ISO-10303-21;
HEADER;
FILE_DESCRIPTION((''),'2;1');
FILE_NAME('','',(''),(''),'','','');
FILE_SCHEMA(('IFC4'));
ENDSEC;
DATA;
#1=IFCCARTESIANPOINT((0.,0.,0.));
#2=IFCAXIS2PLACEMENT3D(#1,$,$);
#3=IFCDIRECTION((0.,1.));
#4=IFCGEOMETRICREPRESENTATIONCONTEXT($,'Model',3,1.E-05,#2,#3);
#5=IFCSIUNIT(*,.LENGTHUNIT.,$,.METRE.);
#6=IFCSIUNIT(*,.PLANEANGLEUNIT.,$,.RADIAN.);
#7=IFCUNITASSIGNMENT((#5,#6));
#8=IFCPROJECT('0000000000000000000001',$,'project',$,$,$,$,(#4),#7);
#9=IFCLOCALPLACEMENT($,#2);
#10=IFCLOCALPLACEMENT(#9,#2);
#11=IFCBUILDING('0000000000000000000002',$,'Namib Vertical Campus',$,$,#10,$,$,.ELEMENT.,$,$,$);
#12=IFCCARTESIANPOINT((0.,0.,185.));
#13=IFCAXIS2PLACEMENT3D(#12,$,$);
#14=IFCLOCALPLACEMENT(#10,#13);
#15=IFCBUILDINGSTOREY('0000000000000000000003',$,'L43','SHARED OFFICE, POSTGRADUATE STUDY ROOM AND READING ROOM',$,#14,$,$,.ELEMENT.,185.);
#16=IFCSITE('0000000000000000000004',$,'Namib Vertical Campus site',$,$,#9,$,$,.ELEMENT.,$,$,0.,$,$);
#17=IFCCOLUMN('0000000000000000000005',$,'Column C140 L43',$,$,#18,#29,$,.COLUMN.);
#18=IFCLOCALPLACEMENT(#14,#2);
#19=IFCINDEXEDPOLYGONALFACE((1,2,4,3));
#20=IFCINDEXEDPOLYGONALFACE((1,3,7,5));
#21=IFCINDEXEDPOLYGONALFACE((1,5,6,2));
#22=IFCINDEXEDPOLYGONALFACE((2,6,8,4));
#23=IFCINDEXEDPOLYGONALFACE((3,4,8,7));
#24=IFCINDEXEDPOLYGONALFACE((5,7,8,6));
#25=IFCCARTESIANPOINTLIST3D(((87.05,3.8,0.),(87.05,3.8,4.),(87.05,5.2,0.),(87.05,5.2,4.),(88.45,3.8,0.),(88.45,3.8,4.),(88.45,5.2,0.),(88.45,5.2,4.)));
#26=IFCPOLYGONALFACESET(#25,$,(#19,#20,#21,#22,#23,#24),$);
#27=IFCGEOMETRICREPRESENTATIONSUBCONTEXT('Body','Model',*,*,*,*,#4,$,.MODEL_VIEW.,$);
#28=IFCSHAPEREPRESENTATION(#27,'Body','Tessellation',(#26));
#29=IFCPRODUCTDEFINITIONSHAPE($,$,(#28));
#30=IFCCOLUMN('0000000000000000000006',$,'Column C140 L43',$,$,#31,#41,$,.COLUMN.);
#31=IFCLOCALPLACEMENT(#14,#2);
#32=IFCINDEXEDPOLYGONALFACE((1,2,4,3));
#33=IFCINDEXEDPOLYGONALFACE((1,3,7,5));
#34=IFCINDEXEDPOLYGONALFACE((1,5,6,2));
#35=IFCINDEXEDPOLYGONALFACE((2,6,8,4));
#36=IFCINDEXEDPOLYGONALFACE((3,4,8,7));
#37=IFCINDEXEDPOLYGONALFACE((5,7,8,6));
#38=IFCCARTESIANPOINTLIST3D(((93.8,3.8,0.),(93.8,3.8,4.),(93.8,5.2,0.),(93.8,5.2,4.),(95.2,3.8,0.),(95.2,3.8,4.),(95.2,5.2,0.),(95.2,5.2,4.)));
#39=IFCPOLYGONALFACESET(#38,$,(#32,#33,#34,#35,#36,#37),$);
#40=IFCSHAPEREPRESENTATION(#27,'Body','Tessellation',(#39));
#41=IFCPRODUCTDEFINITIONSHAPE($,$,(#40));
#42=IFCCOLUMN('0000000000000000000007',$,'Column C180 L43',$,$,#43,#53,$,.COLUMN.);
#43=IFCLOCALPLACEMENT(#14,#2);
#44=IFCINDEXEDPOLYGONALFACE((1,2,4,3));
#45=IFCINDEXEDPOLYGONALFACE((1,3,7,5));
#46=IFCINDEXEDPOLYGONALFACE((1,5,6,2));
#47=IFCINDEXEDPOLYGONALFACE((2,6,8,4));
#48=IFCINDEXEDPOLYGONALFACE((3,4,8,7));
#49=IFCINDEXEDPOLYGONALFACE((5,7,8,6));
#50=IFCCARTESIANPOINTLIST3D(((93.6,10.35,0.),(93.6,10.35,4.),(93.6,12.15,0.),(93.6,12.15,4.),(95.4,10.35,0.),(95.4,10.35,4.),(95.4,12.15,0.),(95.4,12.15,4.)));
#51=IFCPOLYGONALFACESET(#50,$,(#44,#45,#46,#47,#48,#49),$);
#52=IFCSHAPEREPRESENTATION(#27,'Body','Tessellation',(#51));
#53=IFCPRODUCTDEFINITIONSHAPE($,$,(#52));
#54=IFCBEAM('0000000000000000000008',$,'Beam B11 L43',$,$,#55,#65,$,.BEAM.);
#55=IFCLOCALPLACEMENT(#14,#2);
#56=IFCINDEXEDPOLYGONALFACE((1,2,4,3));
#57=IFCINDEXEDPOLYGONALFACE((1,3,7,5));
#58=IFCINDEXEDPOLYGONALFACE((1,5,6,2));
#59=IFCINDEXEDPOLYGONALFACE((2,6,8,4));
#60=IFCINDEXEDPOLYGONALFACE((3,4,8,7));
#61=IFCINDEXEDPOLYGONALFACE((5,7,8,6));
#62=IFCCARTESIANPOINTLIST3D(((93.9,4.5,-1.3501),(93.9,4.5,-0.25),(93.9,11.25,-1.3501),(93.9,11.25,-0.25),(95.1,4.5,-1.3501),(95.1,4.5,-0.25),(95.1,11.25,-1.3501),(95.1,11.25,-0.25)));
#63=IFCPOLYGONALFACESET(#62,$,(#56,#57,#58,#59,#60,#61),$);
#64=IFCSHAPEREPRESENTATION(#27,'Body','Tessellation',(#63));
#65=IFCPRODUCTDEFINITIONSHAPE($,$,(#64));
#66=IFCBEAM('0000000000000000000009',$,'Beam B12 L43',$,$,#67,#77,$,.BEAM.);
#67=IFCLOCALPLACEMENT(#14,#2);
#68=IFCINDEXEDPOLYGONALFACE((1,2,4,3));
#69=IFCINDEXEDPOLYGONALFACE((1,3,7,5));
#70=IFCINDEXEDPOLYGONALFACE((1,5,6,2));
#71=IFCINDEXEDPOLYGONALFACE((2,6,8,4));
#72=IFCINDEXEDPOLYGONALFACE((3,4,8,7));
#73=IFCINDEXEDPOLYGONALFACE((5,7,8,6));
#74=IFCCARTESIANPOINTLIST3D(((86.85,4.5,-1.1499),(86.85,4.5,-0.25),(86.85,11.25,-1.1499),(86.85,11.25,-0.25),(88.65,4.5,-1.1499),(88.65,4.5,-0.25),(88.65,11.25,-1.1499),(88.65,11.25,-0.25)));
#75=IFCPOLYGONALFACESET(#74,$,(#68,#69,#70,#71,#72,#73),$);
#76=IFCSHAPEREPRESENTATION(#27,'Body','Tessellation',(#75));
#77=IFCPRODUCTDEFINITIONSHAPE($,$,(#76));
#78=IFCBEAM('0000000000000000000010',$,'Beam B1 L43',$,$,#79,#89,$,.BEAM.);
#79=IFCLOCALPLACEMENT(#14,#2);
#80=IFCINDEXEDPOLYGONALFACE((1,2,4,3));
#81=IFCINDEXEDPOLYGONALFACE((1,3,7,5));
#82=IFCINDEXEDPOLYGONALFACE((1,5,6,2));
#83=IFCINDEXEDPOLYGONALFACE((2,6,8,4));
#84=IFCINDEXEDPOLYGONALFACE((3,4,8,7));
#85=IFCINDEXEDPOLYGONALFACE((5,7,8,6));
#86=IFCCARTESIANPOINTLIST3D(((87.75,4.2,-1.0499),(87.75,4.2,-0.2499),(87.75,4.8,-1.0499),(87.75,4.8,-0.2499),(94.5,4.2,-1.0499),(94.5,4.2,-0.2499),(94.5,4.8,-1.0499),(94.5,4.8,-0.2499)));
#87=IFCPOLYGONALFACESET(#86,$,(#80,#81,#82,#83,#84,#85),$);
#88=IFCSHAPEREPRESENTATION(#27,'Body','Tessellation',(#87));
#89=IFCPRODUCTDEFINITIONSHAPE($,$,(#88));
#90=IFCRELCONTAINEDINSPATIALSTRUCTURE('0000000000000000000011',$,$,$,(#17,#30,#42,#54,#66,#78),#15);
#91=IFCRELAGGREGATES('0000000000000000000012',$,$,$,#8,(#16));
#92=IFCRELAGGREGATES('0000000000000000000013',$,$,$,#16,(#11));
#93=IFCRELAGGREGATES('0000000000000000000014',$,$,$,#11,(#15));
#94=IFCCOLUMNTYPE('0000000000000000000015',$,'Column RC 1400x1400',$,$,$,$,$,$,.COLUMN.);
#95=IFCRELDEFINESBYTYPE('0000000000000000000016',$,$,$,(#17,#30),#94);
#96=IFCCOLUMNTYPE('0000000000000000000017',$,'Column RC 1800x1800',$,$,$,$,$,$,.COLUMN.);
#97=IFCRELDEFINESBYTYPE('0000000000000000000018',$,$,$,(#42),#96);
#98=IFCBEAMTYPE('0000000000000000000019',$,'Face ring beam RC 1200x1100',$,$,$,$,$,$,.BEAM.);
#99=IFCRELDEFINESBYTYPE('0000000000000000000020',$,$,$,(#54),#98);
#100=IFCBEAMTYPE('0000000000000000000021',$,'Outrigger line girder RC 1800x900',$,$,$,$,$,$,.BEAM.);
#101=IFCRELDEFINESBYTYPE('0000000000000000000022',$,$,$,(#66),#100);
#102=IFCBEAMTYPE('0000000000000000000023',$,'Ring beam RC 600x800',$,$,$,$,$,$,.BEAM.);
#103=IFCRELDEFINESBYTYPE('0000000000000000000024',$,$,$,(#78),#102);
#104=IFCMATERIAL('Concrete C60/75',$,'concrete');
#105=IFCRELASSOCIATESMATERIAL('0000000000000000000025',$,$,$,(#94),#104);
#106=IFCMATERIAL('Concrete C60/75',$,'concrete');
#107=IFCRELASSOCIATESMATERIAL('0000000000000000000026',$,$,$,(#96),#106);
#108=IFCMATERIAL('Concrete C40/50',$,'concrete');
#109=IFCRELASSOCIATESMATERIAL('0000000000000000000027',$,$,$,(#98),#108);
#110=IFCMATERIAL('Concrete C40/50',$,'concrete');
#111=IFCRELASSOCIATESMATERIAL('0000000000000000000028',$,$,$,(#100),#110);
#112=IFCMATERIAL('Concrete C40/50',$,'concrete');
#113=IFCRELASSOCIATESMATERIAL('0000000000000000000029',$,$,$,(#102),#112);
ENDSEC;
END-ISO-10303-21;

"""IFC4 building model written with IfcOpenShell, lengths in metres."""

from ifc_helpers import new_model, si_unit, direction, frame, origin, origin_2d, place, context, subcontext, project, spatial, rectangle, extrude, material, material_profile, profile_set, type_object, element, save


model = new_model("IFC4")

# Units and contexts
model_context = context("Model", 3, precision=1e-05, world=origin(), true_north=direction((0.0, 1.0)))
body_context = subcontext(model_context, "Body", "Model", "MODEL_VIEW")
ifc_project = project(units=[si_unit("LENGTHUNIT", "METRE"), si_unit("PLANEANGLEUNIT", "RADIAN")], contexts=[model_context])

# Site, building, storey
site_placement = place(None, origin())
site = spatial("IfcSite", under=ifc_project, at=site_placement, Name="Namib Vertical Campus site", CompositionType="ELEMENT", RefElevation=0.0)
building_placement = place(site_placement, origin())
building = spatial("IfcBuilding", under=site, at=building_placement, Name="Namib Vertical Campus", CompositionType="ELEMENT")
storey_placement = place(building_placement, frame((0.0, 0.0, 185.0)))
storey = spatial("IfcBuildingStorey", under=building, at=storey_placement, Name="L43", Description="SHARED OFFICE, POSTGRADUATE STUDY ROOM AND READING ROOM", CompositionType="ELEMENT", Elevation=185.0)

# Columns
ifc_material_1 = material(Name="Concrete C60/75", Category="concrete")
ifc_material_profile_1 = material_profile(ifc_material_1, rectangle(XDim=1.3999, YDim=1.3999, at=origin_2d()))
ifc_profile_set_1 = profile_set([ifc_material_profile_1], Name="Concrete C60/75")
column_type_1 = type_object("IfcColumnType", Name="Column RC 1400x1400", PredefinedType="COLUMN", material=ifc_profile_set_1)
for number, where, z_axis, x_axis, name in (
    (1, (87.75, 4.5, 0.0), (0.0, 0.0, 1.0), (1.0, 0.0, 0.0), "Column C140 L43"),
    (2, (94.5, 4.5, 0.0), (0.0, 0.0, 1.0), (1.0, 0.0, 0.0), "Column C140 L43"),
):
    element("IfcColumn", number, at=place(storey_placement, frame(where, z_axis=z_axis, x_axis=x_axis)), inside=storey, type_object=column_type_1, Name=name, PredefinedType="COLUMN", context=body_context, shape_type="SweptSolid", body=[
        extrude(rectangle(XDim=1.3999, YDim=1.3999, at=origin_2d()), origin(), (0.0, 0.0, 1.0), 4.0),
    ])
ifc_material_2 = material(Name="Concrete C60/75", Category="concrete")
ifc_material_profile_2 = material_profile(ifc_material_2, rectangle(XDim=1.8, YDim=1.8, at=origin_2d()))
ifc_profile_set_2 = profile_set([ifc_material_profile_2], Name="Concrete C60/75")
column_type_2 = type_object("IfcColumnType", Name="Column RC 1800x1800", PredefinedType="COLUMN", material=ifc_profile_set_2)
column_placement = place(storey_placement, frame((94.5, 11.25, 0.0), z_axis=(0.0, 0.0, 1.0), x_axis=(1.0, 0.0, 0.0)))
element("IfcColumn", 3, at=column_placement, inside=storey, type_object=column_type_2, Name="Column C180 L43", PredefinedType="COLUMN", context=body_context, shape_type="SweptSolid", body=[
    extrude(rectangle(XDim=1.8, YDim=1.8, at=origin_2d()), origin(), (0.0, 0.0, 1.0), 4.0),
])

# Beams
ifc_material_3 = material(Name="Concrete C40/50", Category="concrete")
ifc_material_profile_3 = material_profile(ifc_material_3, rectangle(XDim=1.2, YDim=1.1001, at=origin_2d()))
ifc_profile_set_3 = profile_set([ifc_material_profile_3], Name="Concrete C40/50")
beam_type_1 = type_object("IfcBeamType", Name="Face ring beam RC 1200x1100", PredefinedType="BEAM", material=ifc_profile_set_3)
beam_1_placement = place(storey_placement, frame((94.5, 4.5, -0.8), z_axis=(0.0, 1.0, 0.0), x_axis=(-1.0, 0.0, 0.0)))
element("IfcBeam", 4, at=beam_1_placement, inside=storey, type_object=beam_type_1, Name="Beam B11 L43", PredefinedType="BEAM", context=body_context, shape_type="SweptSolid", body=[
    extrude(rectangle(XDim=1.2, YDim=1.1001, at=origin_2d()), origin(), (0.0, 0.0, 1.0), 6.75),
])
ifc_material_4 = material(Name="Concrete C40/50", Category="concrete")
ifc_material_profile_4 = material_profile(ifc_material_4, rectangle(XDim=1.8, YDim=0.8999, at=origin_2d()))
ifc_profile_set_4 = profile_set([ifc_material_profile_4], Name="Concrete C40/50")
beam_type_2 = type_object("IfcBeamType", Name="Outrigger line girder RC 1800x900", PredefinedType="BEAM", material=ifc_profile_set_4)
beam_2_placement = place(storey_placement, frame((87.75, 4.5, -0.7), z_axis=(0.0, 1.0, 0.0), x_axis=(-1.0, 0.0, 0.0)))
element("IfcBeam", 5, at=beam_2_placement, inside=storey, type_object=beam_type_2, Name="Beam B12 L43", PredefinedType="BEAM", context=body_context, shape_type="SweptSolid", body=[
    extrude(rectangle(XDim=1.8, YDim=0.8999, at=origin_2d()), origin(), (0.0, 0.0, 1.0), 6.75),
])
ifc_material_5 = material(Name="Concrete C40/50", Category="concrete")
ifc_material_profile_5 = material_profile(ifc_material_5, rectangle(XDim=0.6001, YDim=0.8, at=origin_2d()))
ifc_profile_set_5 = profile_set([ifc_material_profile_5], Name="Concrete C40/50")
beam_type_3 = type_object("IfcBeamType", Name="Ring beam RC 600x800", PredefinedType="BEAM", material=ifc_profile_set_5)
beam_3_placement = place(storey_placement, frame((87.75, 4.5, -0.6499), z_axis=(1.0, 0.0, 0.0), x_axis=(0.0, 1.0, 0.0)))
element("IfcBeam", 6, at=beam_3_placement, inside=storey, type_object=beam_type_3, Name="Beam B1 L43", PredefinedType="BEAM", context=body_context, shape_type="SweptSolid", body=[
    extrude(rectangle(XDim=0.6001, YDim=0.8, at=origin_2d()), origin(), (0.0, 0.0, 1.0), 6.75),
])

save(model, "model.ifc")
